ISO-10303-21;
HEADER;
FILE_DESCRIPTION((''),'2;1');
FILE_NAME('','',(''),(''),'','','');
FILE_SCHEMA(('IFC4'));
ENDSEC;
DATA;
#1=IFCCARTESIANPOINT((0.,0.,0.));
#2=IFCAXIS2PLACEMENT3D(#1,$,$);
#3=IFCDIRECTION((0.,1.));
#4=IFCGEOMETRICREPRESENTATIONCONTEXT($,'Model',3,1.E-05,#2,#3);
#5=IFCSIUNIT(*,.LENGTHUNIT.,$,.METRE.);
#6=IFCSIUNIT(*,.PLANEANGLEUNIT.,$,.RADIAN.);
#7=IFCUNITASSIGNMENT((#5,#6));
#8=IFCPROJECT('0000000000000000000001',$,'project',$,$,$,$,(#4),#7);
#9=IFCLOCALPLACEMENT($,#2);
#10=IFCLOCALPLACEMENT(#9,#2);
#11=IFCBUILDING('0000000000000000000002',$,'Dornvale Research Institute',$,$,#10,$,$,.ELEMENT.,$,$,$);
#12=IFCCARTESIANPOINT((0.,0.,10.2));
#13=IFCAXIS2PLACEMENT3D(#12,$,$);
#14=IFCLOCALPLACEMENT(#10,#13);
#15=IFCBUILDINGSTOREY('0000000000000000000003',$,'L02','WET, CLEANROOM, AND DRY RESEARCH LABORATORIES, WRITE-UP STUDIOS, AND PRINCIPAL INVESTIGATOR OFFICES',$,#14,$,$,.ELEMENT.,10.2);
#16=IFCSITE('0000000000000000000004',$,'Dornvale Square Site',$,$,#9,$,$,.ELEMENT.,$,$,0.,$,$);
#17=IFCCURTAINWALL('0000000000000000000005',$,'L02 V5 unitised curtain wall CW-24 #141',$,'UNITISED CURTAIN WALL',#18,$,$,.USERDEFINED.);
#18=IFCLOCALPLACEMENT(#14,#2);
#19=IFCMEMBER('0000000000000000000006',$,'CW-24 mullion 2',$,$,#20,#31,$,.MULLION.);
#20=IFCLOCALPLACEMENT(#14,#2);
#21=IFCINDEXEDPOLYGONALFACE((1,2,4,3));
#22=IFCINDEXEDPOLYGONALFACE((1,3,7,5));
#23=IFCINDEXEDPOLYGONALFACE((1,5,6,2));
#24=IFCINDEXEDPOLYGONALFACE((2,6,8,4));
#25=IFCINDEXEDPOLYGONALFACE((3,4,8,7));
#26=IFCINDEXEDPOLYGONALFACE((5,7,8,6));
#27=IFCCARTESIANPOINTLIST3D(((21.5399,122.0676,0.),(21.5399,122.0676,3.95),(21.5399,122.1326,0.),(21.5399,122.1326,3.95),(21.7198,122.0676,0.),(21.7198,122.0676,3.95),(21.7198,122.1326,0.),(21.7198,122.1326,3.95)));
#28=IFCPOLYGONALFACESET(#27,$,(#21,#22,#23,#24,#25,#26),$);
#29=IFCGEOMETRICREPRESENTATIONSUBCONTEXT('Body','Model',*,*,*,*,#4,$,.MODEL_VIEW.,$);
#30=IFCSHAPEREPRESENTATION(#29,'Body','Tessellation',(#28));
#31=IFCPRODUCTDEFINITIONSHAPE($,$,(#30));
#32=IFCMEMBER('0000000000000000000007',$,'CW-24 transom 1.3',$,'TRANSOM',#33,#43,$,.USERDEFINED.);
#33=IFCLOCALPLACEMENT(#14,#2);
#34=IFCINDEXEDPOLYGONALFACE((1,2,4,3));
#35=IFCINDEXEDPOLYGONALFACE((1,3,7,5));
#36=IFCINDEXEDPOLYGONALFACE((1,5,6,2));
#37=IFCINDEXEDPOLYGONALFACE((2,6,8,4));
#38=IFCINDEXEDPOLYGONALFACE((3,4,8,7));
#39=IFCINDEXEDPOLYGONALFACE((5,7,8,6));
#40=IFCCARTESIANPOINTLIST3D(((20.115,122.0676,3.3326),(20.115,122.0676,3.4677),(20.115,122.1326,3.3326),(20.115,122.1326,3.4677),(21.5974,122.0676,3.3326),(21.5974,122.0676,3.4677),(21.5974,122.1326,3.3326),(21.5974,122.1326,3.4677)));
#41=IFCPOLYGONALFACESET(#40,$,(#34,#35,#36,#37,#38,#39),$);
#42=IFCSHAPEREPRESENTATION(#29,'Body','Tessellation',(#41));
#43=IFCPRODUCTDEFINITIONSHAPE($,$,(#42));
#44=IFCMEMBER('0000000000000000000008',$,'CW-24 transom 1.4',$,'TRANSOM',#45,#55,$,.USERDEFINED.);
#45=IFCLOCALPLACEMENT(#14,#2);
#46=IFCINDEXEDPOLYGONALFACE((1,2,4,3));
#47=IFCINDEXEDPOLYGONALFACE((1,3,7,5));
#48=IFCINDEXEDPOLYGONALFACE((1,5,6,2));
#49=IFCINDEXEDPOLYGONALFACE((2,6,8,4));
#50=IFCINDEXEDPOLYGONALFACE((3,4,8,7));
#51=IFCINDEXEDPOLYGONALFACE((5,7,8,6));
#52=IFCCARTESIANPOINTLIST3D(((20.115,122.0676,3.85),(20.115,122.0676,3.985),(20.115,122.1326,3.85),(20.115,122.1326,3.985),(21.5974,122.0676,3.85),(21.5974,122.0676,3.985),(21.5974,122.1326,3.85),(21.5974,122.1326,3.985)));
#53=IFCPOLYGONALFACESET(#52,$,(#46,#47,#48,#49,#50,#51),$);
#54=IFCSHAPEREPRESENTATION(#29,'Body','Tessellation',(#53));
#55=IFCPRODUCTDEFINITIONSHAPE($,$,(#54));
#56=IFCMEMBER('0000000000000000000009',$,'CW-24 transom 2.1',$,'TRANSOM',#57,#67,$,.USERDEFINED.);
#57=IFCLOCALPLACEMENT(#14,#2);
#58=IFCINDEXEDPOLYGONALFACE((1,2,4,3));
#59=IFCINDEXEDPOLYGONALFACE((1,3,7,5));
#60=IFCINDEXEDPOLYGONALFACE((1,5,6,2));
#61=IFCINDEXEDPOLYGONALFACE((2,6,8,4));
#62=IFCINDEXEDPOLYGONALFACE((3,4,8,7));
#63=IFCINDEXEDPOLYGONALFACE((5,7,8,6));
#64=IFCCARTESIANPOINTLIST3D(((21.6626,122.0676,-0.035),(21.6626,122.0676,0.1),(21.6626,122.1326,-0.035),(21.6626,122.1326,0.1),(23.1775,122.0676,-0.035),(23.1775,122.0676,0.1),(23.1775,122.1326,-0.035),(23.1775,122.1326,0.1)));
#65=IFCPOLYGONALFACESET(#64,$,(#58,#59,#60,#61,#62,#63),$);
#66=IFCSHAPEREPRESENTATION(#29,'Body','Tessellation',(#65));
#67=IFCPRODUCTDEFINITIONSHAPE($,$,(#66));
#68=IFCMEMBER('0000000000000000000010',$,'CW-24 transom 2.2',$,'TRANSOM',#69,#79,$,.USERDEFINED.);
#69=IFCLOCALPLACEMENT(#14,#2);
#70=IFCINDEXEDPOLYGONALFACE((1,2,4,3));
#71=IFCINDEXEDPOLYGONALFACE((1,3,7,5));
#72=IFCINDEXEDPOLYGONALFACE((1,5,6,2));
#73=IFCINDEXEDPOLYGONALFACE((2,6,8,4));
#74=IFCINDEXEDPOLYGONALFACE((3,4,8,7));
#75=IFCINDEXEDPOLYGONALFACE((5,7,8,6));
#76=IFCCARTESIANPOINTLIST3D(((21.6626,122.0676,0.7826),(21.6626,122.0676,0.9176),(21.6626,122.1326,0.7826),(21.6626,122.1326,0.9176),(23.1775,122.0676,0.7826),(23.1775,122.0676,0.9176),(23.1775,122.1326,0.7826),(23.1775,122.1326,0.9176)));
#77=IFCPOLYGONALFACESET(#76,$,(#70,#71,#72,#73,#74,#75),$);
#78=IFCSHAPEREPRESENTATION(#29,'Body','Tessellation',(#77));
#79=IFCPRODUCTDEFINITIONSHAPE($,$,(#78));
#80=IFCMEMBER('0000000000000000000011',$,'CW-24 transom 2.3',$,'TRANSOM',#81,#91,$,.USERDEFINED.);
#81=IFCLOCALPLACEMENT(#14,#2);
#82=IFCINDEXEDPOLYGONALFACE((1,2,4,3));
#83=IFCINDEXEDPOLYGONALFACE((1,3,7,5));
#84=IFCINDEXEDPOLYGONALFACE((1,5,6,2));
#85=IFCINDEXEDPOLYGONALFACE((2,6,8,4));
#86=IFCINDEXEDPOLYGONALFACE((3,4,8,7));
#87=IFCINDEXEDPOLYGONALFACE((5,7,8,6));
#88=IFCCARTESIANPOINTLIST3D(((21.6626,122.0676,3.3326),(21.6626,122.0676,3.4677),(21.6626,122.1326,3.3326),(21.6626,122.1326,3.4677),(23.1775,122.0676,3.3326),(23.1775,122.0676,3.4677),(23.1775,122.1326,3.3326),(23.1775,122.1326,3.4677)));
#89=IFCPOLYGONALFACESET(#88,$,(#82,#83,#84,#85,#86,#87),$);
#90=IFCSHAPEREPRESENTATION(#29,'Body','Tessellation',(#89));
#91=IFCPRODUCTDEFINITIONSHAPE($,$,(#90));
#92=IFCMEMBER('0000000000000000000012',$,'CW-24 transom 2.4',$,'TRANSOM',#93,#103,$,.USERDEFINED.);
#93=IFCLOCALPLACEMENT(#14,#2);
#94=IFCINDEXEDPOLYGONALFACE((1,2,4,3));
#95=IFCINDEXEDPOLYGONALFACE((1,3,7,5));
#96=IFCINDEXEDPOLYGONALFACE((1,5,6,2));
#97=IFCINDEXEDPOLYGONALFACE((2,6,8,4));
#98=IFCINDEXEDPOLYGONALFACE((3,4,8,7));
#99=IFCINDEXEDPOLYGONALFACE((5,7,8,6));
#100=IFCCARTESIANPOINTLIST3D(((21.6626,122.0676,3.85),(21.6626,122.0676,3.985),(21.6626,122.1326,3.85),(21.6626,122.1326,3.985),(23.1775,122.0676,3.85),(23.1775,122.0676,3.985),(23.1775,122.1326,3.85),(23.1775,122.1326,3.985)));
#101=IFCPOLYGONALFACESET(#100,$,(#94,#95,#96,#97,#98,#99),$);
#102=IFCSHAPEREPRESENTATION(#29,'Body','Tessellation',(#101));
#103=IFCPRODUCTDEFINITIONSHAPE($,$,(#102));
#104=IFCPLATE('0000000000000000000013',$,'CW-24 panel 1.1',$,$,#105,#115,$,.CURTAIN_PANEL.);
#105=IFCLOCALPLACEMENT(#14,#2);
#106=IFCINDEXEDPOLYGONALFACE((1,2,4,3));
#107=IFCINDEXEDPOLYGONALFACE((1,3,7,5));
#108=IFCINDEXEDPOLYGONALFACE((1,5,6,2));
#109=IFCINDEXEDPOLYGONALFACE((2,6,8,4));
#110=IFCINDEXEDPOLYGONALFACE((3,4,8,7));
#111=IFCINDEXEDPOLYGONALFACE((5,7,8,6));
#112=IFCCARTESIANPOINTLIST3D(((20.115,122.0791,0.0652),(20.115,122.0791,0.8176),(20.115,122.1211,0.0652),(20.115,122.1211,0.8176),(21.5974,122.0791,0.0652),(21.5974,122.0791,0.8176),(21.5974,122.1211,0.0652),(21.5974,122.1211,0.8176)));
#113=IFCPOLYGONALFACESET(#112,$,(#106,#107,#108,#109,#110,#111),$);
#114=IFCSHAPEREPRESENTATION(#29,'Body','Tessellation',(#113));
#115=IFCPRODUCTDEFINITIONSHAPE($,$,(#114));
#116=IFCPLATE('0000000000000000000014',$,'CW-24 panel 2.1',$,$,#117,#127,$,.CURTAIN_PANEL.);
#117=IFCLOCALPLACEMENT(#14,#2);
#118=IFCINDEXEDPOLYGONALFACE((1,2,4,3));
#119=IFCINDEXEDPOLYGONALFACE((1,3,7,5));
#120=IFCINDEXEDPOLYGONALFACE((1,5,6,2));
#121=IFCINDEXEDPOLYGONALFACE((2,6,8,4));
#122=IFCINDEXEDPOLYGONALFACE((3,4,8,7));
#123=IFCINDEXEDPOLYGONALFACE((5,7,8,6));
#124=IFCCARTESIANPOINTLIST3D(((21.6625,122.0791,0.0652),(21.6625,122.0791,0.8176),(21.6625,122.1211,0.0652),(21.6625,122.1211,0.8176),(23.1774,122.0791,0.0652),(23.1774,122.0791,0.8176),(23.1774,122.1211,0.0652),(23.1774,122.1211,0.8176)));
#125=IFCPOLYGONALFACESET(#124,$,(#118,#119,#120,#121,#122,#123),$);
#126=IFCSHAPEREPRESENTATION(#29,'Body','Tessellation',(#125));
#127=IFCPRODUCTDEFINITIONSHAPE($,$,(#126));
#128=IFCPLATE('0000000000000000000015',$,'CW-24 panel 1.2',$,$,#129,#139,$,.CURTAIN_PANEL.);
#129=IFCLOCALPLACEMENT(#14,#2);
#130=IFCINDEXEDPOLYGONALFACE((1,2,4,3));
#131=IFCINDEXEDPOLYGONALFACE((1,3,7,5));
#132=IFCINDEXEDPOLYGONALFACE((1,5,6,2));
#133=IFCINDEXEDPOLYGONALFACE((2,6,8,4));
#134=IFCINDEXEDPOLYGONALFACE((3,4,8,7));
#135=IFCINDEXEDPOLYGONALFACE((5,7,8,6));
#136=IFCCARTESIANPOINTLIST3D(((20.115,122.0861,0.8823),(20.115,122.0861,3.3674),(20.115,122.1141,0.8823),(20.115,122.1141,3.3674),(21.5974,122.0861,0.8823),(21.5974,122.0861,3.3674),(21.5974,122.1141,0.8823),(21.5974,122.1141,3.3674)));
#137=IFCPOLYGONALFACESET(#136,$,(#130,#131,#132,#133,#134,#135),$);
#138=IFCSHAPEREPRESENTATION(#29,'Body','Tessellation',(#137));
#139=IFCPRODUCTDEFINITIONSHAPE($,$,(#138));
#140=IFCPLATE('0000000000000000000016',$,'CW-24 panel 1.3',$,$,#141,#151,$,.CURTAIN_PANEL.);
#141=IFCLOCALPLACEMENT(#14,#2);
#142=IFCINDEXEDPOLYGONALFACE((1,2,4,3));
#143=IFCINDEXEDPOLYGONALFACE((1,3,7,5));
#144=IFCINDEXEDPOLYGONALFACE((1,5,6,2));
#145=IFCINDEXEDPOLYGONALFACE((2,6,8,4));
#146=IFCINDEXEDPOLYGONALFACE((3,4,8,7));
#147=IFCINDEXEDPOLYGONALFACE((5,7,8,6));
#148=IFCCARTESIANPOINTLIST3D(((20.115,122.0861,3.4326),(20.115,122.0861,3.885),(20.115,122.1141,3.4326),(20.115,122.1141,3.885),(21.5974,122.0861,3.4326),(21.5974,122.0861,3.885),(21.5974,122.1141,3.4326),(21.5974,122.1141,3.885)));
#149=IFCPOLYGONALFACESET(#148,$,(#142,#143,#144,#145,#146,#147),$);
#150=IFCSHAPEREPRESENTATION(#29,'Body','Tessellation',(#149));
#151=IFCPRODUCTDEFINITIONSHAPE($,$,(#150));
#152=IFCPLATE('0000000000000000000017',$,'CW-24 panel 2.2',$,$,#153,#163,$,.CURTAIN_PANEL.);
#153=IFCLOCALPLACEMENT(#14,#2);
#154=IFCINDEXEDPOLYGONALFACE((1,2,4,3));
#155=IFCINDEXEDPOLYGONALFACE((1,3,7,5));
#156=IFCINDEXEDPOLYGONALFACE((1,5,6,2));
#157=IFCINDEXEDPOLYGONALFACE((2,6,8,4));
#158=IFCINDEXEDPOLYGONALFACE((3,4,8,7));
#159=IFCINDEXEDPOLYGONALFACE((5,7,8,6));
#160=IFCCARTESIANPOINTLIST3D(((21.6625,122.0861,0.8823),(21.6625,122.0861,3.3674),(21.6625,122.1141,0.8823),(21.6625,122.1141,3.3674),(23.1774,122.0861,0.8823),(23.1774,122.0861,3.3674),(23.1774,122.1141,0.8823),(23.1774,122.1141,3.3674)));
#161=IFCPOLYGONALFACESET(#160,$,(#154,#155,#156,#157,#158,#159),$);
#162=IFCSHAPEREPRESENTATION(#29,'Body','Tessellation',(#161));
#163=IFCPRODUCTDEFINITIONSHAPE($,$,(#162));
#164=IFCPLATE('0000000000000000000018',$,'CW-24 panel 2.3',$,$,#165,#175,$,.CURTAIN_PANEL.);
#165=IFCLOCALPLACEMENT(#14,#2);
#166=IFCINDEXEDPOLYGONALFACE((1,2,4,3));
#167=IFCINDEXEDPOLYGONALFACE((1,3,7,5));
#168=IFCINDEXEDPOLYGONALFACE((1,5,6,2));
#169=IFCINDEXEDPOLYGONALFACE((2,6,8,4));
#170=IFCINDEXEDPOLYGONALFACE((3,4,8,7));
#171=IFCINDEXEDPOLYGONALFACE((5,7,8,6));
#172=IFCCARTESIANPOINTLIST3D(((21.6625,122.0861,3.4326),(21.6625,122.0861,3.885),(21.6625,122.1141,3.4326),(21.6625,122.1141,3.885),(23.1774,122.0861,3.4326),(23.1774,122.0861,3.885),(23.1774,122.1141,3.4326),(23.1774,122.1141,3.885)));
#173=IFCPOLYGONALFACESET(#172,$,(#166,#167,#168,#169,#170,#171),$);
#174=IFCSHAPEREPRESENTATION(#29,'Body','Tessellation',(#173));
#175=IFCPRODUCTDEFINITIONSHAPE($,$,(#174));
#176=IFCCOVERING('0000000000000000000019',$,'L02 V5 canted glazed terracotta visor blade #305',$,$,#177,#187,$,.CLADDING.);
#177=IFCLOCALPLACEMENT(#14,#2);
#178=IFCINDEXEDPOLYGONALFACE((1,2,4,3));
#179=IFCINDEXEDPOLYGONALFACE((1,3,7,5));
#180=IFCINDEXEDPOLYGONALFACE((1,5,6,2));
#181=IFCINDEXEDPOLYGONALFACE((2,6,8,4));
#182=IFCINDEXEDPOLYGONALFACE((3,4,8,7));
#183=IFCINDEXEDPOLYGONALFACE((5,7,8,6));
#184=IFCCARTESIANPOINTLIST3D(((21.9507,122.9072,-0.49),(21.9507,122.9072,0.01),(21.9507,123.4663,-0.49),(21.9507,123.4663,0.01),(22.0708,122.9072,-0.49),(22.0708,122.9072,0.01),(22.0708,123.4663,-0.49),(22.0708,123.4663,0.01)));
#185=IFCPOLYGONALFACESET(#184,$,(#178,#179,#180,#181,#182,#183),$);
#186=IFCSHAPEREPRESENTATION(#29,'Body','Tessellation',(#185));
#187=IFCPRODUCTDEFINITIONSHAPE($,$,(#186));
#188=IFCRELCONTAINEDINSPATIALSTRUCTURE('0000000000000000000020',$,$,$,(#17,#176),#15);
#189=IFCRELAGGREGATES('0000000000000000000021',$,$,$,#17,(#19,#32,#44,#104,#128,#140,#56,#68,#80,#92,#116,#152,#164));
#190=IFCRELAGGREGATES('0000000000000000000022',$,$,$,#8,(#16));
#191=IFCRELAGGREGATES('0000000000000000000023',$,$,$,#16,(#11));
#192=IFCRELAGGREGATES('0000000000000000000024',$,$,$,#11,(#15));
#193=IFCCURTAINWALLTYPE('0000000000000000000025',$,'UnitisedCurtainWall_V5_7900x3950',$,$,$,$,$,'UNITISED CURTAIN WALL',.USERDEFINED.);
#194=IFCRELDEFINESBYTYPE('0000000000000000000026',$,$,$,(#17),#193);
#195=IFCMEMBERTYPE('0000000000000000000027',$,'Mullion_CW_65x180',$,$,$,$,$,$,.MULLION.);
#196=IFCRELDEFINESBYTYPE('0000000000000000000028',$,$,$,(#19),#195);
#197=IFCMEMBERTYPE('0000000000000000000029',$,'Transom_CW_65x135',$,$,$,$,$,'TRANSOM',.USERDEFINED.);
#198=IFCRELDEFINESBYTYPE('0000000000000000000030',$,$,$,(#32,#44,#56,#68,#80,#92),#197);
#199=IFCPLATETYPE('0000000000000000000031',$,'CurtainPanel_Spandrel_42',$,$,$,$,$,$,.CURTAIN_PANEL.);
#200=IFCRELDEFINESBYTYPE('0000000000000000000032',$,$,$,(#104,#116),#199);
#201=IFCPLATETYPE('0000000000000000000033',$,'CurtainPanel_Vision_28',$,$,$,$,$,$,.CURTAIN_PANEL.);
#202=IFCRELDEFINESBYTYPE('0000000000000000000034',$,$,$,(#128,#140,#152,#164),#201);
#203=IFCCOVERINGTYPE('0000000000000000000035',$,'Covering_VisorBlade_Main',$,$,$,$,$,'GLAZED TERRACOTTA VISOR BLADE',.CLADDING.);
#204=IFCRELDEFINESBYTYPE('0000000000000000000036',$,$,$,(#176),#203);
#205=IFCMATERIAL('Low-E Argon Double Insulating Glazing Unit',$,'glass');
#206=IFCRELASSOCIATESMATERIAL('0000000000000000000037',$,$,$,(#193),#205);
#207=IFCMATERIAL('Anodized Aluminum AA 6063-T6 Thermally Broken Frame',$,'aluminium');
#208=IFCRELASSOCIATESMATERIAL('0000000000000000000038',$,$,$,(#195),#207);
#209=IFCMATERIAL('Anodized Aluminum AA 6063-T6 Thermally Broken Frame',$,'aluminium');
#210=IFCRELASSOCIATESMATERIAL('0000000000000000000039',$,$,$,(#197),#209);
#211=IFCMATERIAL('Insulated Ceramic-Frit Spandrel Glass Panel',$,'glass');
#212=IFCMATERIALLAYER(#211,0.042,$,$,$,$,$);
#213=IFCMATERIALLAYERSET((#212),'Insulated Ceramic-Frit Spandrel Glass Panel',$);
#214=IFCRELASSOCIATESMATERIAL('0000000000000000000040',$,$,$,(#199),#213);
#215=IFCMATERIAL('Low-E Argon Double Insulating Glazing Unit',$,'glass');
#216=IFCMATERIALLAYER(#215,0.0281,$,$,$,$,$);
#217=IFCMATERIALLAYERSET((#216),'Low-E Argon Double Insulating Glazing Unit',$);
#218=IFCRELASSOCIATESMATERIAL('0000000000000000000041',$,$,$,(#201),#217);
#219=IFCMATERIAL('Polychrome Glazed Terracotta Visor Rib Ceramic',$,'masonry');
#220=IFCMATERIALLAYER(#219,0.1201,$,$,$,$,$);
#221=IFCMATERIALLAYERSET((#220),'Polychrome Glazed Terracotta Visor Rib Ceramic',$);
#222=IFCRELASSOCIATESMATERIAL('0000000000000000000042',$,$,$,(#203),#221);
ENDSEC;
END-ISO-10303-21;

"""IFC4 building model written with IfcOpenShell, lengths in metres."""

from ifc_helpers import new_model, si_unit, direction, frame, origin, origin_2d, place, context, subcontext, project, spatial, rectangle, extrude, material, layer, layer_set, material_profile, profile_set, type_object, element, aggregate, save


model = new_model("IFC4")

# Units and contexts
model_context = context("Model", 3, precision=1e-05, world=origin(), true_north=direction((0.0, 1.0)))
body_context = subcontext(model_context, "Body", "Model", "MODEL_VIEW")
ifc_project = project(units=[si_unit("LENGTHUNIT", "METRE"), si_unit("PLANEANGLEUNIT", "RADIAN")], contexts=[model_context])

# Site, building, storey
site_placement = place(None, origin())
site = spatial("IfcSite", under=ifc_project, at=site_placement, Name="Dornvale Square Site", CompositionType="ELEMENT", RefElevation=0.0)
building_placement = place(site_placement, origin())
building = spatial("IfcBuilding", under=site, at=building_placement, Name="Dornvale Research Institute", CompositionType="ELEMENT")
storey_placement = place(building_placement, frame((0.0, 0.0, 10.2)))
storey = spatial("IfcBuildingStorey", under=building, at=storey_placement, Name="L02", Description="WET, CLEANROOM, AND DRY RESEARCH LABORATORIES, WRITE-UP STUDIOS, AND PRINCIPAL INVESTIGATOR OFFICES", CompositionType="ELEMENT", Elevation=10.2)

# Curtain wall, members, plates
ifc_material_1 = material(Name="Low-E Argon Double Insulating Glazing Unit", Category="glass")
curtain_wall_type = type_object("IfcCurtainWallType", Name="UnitisedCurtainWall_V5_7900x3950", ElementType="UNITISED CURTAIN WALL", PredefinedType="USERDEFINED", material=ifc_material_1)
curtain_wall_placement = place(storey_placement, origin())
curtain_wall = element("IfcCurtainWall", 1, at=curtain_wall_placement, inside=storey, type_object=curtain_wall_type, Name="L02 V5 unitised curtain wall CW-24 #141", ObjectType="UNITISED CURTAIN WALL", PredefinedType="USERDEFINED")
ifc_material_2 = material(Name="Anodized Aluminum AA 6063-T6 Thermally Broken Frame", Category="aluminium")
ifc_material_profile_1 = material_profile(ifc_material_2, rectangle(XDim=0.0649, YDim=0.1799, at=origin_2d()), Name="ALU MULLION 65x180")
ifc_profile_set_1 = profile_set([ifc_material_profile_1], Name="Anodized Aluminum AA 6063-T6 Thermally Broken Frame")
member_type_1 = type_object("IfcMemberType", Name="Mullion_CW_65x180", PredefinedType="MULLION", material=ifc_profile_set_1)
member_1_placement = place(storey_placement, frame((21.6299, 122.1001, 0.0), z_axis=(0.0, 0.0, 1.0), x_axis=(0.0, 1.0, 0.0)))
member_1 = element("IfcMember", 2, at=member_1_placement, type_object=member_type_1, Name="CW-24 mullion 2", PredefinedType="MULLION", context=body_context, shape_type="SweptSolid", body=[
    extrude(rectangle(XDim=0.0649, YDim=0.1799, at=origin_2d()), origin(), (0.0, 0.0, 1.0), 3.95),
])
ifc_material_3 = material(Name="Anodized Aluminum AA 6063-T6 Thermally Broken Frame", Category="aluminium")
ifc_material_profile_2 = material_profile(ifc_material_3, rectangle(XDim=0.0649, YDim=0.135, at=origin_2d()), Name="ALU TRANSOM 65x135")
ifc_profile_set_2 = profile_set([ifc_material_profile_2], Name="Anodized Aluminum AA 6063-T6 Thermally Broken Frame")
member_type_2 = type_object("IfcMemberType", Name="Transom_CW_65x135", ElementType="TRANSOM", PredefinedType="USERDEFINED", material=ifc_profile_set_2)
member_2_placement = place(storey_placement, frame((20.115, 122.1001, 3.4001), z_axis=(1.0, 0.0, 0.0), x_axis=(0.0, 1.0, 0.0)))
member_2 = element("IfcMember", 3, at=member_2_placement, type_object=member_type_2, Name="CW-24 transom 1.3", ObjectType="TRANSOM", PredefinedType="USERDEFINED", context=body_context, shape_type="SweptSolid", body=[
    extrude(rectangle(XDim=0.0649, YDim=0.135, at=origin_2d()), origin(), (0.0, 0.0, 1.0), 1.4824),
])
member_3_placement = place(storey_placement, frame((20.115, 122.1001, 3.9175), z_axis=(1.0, 0.0, 0.0), x_axis=(0.0, 1.0, 0.0)))
member_3 = element("IfcMember", 4, at=member_3_placement, type_object=member_type_2, Name="CW-24 transom 1.4", ObjectType="TRANSOM", PredefinedType="USERDEFINED", context=body_context, shape_type="SweptSolid", body=[
    extrude(rectangle(XDim=0.0649, YDim=0.135, at=origin_2d()), origin(), (0.0, 0.0, 1.0), 1.4824),
])
member_4_placement = place(storey_placement, frame((21.6626, 122.1001, 0.0325), z_axis=(1.0, 0.0, 0.0), x_axis=(0.0, 1.0, 0.0)))
member_4 = element("IfcMember", 5, at=member_4_placement, type_object=member_type_2, Name="CW-24 transom 2.1", ObjectType="TRANSOM", PredefinedType="USERDEFINED", context=body_context, shape_type="SweptSolid", body=[
    extrude(rectangle(XDim=0.0649, YDim=0.135, at=origin_2d()), origin(), (0.0, 0.0, 1.0), 1.5149),
])
member_5_placement = place(storey_placement, frame((21.6626, 122.1001, 0.8501), z_axis=(1.0, 0.0, 0.0), x_axis=(0.0, 1.0, 0.0)))
member_5 = element("IfcMember", 6, at=member_5_placement, type_object=member_type_2, Name="CW-24 transom 2.2", ObjectType="TRANSOM", PredefinedType="USERDEFINED", context=body_context, shape_type="SweptSolid", body=[
    extrude(rectangle(XDim=0.0649, YDim=0.135, at=origin_2d()), origin(), (0.0, 0.0, 1.0), 1.5149),
])
member_6_placement = place(storey_placement, frame((21.6626, 122.1001, 3.4001), z_axis=(1.0, 0.0, 0.0), x_axis=(0.0, 1.0, 0.0)))
member_6 = element("IfcMember", 7, at=member_6_placement, type_object=member_type_2, Name="CW-24 transom 2.3", ObjectType="TRANSOM", PredefinedType="USERDEFINED", context=body_context, shape_type="SweptSolid", body=[
    extrude(rectangle(XDim=0.0649, YDim=0.135, at=origin_2d()), origin(), (0.0, 0.0, 1.0), 1.5149),
])
member_7_placement = place(storey_placement, frame((21.6626, 122.1001, 3.9175), z_axis=(1.0, 0.0, 0.0), x_axis=(0.0, 1.0, 0.0)))
member_7 = element("IfcMember", 8, at=member_7_placement, type_object=member_type_2, Name="CW-24 transom 2.4", ObjectType="TRANSOM", PredefinedType="USERDEFINED", context=body_context, shape_type="SweptSolid", body=[
    extrude(rectangle(XDim=0.0649, YDim=0.135, at=origin_2d()), origin(), (0.0, 0.0, 1.0), 1.5149),
])
ifc_material_4 = material(Name="Insulated Ceramic-Frit Spandrel Glass Panel", Category="glass")
ifc_layer_1 = layer(ifc_material_4, 0.042)
ifc_layer_set_1 = layer_set([ifc_layer_1], Name="Insulated Ceramic-Frit Spandrel Glass Panel")
plate_type_1 = type_object("IfcPlateType", Name="CurtainPanel_Spandrel_42", PredefinedType="CURTAIN_PANEL", material=ifc_layer_set_1)
plate_1_placement = place(storey_placement, frame((20.8562, 122.1001, 0.0652), z_axis=(0.0, 0.0, 1.0), x_axis=(1.0, 0.0, 0.0)))
plate_1 = element("IfcPlate", 9, at=plate_1_placement, type_object=plate_type_1, Name="CW-24 panel 1.1", PredefinedType="CURTAIN_PANEL", context=body_context, shape_type="SweptSolid", body=[
    extrude(rectangle(XDim=1.4824, YDim=0.042, at=origin_2d()), origin(), (0.0, 0.0, 1.0), 0.7524),
])
plate_2_placement = place(storey_placement, frame((22.4199, 122.1001, 0.0652), z_axis=(0.0, 0.0, 1.0), x_axis=(1.0, 0.0, 0.0)))
plate_2 = element("IfcPlate", 10, at=plate_2_placement, type_object=plate_type_1, Name="CW-24 panel 2.1", PredefinedType="CURTAIN_PANEL", context=body_context, shape_type="SweptSolid", body=[
    extrude(rectangle(XDim=1.5149, YDim=0.042, at=origin_2d()), origin(), (0.0, 0.0, 1.0), 0.7524),
])
ifc_material_5 = material(Name="Low-E Argon Double Insulating Glazing Unit", Category="glass")
ifc_layer_2 = layer(ifc_material_5, 0.0281)
ifc_layer_set_2 = layer_set([ifc_layer_2], Name="Low-E Argon Double Insulating Glazing Unit")
plate_type_2 = type_object("IfcPlateType", Name="CurtainPanel_Vision_28", PredefinedType="CURTAIN_PANEL", material=ifc_layer_set_2)
plate_3_placement = place(storey_placement, frame((20.8562, 122.1001, 0.8823), z_axis=(0.0, 0.0, 1.0), x_axis=(1.0, 0.0, 0.0)))
plate_3 = element("IfcPlate", 11, at=plate_3_placement, type_object=plate_type_2, Name="CW-24 panel 1.2", PredefinedType="CURTAIN_PANEL", context=body_context, shape_type="SweptSolid", body=[
    extrude(rectangle(XDim=1.4824, YDim=0.0281, at=origin_2d()), origin(), (0.0, 0.0, 1.0), 2.4851),
])
plate_4_placement = place(storey_placement, frame((20.8562, 122.1001, 3.4326), z_axis=(0.0, 0.0, 1.0), x_axis=(1.0, 0.0, 0.0)))
plate_4 = element("IfcPlate", 12, at=plate_4_placement, type_object=plate_type_2, Name="CW-24 panel 1.3", PredefinedType="CURTAIN_PANEL", context=body_context, shape_type="SweptSolid", body=[
    extrude(rectangle(XDim=1.4824, YDim=0.0281, at=origin_2d()), origin(), (0.0, 0.0, 1.0), 0.4524),
])
plate_5_placement = place(storey_placement, frame((22.4199, 122.1001, 0.8823), z_axis=(0.0, 0.0, 1.0), x_axis=(1.0, 0.0, 0.0)))
plate_5 = element("IfcPlate", 13, at=plate_5_placement, type_object=plate_type_2, Name="CW-24 panel 2.2", PredefinedType="CURTAIN_PANEL", context=body_context, shape_type="SweptSolid", body=[
    extrude(rectangle(XDim=1.5149, YDim=0.0281, at=origin_2d()), origin(), (0.0, 0.0, 1.0), 2.4851),
])
plate_6_placement = place(storey_placement, frame((22.4199, 122.1001, 3.4326), z_axis=(0.0, 0.0, 1.0), x_axis=(1.0, 0.0, 0.0)))
plate_6 = element("IfcPlate", 14, at=plate_6_placement, type_object=plate_type_2, Name="CW-24 panel 2.3", PredefinedType="CURTAIN_PANEL", context=body_context, shape_type="SweptSolid", body=[
    extrude(rectangle(XDim=1.5149, YDim=0.0281, at=origin_2d()), origin(), (0.0, 0.0, 1.0), 0.4524),
])
aggregate(curtain_wall, [member_1, member_2, member_3, plate_1, plate_3, plate_4, member_4, member_5, member_6, member_7, plate_2, plate_5, plate_6])

# Covering
ifc_material_6 = material(Name="Polychrome Glazed Terracotta Visor Rib Ceramic", Category="masonry")
ifc_layer_3 = layer(ifc_material_6, 0.1201)
ifc_layer_set_3 = layer_set([ifc_layer_3], Name="Polychrome Glazed Terracotta Visor Rib Ceramic")
covering_type = type_object("IfcCoveringType", Name="Covering_VisorBlade_Main", ElementType="GLAZED TERRACOTTA VISOR BLADE", PredefinedType="CLADDING", material=ifc_layer_set_3)
covering_1_placement = place(storey_placement, frame((22.0107, 123.1868, -0.49), z_axis=(0.0, 0.0, 1.0), x_axis=(0.0, 1.0, 0.0)))
element("IfcCovering", 15, at=covering_1_placement, inside=storey, type_object=covering_type, Name="L02 V5 canted glazed terracotta visor blade #305", PredefinedType="CLADDING", context=body_context, shape_type="SweptSolid", body=[
    extrude(rectangle(XDim=0.5591, YDim=0.1201, at=origin_2d()), origin(), (0.0, 0.0, 1.0), 0.5),
])

save(model, "model.ifc")
